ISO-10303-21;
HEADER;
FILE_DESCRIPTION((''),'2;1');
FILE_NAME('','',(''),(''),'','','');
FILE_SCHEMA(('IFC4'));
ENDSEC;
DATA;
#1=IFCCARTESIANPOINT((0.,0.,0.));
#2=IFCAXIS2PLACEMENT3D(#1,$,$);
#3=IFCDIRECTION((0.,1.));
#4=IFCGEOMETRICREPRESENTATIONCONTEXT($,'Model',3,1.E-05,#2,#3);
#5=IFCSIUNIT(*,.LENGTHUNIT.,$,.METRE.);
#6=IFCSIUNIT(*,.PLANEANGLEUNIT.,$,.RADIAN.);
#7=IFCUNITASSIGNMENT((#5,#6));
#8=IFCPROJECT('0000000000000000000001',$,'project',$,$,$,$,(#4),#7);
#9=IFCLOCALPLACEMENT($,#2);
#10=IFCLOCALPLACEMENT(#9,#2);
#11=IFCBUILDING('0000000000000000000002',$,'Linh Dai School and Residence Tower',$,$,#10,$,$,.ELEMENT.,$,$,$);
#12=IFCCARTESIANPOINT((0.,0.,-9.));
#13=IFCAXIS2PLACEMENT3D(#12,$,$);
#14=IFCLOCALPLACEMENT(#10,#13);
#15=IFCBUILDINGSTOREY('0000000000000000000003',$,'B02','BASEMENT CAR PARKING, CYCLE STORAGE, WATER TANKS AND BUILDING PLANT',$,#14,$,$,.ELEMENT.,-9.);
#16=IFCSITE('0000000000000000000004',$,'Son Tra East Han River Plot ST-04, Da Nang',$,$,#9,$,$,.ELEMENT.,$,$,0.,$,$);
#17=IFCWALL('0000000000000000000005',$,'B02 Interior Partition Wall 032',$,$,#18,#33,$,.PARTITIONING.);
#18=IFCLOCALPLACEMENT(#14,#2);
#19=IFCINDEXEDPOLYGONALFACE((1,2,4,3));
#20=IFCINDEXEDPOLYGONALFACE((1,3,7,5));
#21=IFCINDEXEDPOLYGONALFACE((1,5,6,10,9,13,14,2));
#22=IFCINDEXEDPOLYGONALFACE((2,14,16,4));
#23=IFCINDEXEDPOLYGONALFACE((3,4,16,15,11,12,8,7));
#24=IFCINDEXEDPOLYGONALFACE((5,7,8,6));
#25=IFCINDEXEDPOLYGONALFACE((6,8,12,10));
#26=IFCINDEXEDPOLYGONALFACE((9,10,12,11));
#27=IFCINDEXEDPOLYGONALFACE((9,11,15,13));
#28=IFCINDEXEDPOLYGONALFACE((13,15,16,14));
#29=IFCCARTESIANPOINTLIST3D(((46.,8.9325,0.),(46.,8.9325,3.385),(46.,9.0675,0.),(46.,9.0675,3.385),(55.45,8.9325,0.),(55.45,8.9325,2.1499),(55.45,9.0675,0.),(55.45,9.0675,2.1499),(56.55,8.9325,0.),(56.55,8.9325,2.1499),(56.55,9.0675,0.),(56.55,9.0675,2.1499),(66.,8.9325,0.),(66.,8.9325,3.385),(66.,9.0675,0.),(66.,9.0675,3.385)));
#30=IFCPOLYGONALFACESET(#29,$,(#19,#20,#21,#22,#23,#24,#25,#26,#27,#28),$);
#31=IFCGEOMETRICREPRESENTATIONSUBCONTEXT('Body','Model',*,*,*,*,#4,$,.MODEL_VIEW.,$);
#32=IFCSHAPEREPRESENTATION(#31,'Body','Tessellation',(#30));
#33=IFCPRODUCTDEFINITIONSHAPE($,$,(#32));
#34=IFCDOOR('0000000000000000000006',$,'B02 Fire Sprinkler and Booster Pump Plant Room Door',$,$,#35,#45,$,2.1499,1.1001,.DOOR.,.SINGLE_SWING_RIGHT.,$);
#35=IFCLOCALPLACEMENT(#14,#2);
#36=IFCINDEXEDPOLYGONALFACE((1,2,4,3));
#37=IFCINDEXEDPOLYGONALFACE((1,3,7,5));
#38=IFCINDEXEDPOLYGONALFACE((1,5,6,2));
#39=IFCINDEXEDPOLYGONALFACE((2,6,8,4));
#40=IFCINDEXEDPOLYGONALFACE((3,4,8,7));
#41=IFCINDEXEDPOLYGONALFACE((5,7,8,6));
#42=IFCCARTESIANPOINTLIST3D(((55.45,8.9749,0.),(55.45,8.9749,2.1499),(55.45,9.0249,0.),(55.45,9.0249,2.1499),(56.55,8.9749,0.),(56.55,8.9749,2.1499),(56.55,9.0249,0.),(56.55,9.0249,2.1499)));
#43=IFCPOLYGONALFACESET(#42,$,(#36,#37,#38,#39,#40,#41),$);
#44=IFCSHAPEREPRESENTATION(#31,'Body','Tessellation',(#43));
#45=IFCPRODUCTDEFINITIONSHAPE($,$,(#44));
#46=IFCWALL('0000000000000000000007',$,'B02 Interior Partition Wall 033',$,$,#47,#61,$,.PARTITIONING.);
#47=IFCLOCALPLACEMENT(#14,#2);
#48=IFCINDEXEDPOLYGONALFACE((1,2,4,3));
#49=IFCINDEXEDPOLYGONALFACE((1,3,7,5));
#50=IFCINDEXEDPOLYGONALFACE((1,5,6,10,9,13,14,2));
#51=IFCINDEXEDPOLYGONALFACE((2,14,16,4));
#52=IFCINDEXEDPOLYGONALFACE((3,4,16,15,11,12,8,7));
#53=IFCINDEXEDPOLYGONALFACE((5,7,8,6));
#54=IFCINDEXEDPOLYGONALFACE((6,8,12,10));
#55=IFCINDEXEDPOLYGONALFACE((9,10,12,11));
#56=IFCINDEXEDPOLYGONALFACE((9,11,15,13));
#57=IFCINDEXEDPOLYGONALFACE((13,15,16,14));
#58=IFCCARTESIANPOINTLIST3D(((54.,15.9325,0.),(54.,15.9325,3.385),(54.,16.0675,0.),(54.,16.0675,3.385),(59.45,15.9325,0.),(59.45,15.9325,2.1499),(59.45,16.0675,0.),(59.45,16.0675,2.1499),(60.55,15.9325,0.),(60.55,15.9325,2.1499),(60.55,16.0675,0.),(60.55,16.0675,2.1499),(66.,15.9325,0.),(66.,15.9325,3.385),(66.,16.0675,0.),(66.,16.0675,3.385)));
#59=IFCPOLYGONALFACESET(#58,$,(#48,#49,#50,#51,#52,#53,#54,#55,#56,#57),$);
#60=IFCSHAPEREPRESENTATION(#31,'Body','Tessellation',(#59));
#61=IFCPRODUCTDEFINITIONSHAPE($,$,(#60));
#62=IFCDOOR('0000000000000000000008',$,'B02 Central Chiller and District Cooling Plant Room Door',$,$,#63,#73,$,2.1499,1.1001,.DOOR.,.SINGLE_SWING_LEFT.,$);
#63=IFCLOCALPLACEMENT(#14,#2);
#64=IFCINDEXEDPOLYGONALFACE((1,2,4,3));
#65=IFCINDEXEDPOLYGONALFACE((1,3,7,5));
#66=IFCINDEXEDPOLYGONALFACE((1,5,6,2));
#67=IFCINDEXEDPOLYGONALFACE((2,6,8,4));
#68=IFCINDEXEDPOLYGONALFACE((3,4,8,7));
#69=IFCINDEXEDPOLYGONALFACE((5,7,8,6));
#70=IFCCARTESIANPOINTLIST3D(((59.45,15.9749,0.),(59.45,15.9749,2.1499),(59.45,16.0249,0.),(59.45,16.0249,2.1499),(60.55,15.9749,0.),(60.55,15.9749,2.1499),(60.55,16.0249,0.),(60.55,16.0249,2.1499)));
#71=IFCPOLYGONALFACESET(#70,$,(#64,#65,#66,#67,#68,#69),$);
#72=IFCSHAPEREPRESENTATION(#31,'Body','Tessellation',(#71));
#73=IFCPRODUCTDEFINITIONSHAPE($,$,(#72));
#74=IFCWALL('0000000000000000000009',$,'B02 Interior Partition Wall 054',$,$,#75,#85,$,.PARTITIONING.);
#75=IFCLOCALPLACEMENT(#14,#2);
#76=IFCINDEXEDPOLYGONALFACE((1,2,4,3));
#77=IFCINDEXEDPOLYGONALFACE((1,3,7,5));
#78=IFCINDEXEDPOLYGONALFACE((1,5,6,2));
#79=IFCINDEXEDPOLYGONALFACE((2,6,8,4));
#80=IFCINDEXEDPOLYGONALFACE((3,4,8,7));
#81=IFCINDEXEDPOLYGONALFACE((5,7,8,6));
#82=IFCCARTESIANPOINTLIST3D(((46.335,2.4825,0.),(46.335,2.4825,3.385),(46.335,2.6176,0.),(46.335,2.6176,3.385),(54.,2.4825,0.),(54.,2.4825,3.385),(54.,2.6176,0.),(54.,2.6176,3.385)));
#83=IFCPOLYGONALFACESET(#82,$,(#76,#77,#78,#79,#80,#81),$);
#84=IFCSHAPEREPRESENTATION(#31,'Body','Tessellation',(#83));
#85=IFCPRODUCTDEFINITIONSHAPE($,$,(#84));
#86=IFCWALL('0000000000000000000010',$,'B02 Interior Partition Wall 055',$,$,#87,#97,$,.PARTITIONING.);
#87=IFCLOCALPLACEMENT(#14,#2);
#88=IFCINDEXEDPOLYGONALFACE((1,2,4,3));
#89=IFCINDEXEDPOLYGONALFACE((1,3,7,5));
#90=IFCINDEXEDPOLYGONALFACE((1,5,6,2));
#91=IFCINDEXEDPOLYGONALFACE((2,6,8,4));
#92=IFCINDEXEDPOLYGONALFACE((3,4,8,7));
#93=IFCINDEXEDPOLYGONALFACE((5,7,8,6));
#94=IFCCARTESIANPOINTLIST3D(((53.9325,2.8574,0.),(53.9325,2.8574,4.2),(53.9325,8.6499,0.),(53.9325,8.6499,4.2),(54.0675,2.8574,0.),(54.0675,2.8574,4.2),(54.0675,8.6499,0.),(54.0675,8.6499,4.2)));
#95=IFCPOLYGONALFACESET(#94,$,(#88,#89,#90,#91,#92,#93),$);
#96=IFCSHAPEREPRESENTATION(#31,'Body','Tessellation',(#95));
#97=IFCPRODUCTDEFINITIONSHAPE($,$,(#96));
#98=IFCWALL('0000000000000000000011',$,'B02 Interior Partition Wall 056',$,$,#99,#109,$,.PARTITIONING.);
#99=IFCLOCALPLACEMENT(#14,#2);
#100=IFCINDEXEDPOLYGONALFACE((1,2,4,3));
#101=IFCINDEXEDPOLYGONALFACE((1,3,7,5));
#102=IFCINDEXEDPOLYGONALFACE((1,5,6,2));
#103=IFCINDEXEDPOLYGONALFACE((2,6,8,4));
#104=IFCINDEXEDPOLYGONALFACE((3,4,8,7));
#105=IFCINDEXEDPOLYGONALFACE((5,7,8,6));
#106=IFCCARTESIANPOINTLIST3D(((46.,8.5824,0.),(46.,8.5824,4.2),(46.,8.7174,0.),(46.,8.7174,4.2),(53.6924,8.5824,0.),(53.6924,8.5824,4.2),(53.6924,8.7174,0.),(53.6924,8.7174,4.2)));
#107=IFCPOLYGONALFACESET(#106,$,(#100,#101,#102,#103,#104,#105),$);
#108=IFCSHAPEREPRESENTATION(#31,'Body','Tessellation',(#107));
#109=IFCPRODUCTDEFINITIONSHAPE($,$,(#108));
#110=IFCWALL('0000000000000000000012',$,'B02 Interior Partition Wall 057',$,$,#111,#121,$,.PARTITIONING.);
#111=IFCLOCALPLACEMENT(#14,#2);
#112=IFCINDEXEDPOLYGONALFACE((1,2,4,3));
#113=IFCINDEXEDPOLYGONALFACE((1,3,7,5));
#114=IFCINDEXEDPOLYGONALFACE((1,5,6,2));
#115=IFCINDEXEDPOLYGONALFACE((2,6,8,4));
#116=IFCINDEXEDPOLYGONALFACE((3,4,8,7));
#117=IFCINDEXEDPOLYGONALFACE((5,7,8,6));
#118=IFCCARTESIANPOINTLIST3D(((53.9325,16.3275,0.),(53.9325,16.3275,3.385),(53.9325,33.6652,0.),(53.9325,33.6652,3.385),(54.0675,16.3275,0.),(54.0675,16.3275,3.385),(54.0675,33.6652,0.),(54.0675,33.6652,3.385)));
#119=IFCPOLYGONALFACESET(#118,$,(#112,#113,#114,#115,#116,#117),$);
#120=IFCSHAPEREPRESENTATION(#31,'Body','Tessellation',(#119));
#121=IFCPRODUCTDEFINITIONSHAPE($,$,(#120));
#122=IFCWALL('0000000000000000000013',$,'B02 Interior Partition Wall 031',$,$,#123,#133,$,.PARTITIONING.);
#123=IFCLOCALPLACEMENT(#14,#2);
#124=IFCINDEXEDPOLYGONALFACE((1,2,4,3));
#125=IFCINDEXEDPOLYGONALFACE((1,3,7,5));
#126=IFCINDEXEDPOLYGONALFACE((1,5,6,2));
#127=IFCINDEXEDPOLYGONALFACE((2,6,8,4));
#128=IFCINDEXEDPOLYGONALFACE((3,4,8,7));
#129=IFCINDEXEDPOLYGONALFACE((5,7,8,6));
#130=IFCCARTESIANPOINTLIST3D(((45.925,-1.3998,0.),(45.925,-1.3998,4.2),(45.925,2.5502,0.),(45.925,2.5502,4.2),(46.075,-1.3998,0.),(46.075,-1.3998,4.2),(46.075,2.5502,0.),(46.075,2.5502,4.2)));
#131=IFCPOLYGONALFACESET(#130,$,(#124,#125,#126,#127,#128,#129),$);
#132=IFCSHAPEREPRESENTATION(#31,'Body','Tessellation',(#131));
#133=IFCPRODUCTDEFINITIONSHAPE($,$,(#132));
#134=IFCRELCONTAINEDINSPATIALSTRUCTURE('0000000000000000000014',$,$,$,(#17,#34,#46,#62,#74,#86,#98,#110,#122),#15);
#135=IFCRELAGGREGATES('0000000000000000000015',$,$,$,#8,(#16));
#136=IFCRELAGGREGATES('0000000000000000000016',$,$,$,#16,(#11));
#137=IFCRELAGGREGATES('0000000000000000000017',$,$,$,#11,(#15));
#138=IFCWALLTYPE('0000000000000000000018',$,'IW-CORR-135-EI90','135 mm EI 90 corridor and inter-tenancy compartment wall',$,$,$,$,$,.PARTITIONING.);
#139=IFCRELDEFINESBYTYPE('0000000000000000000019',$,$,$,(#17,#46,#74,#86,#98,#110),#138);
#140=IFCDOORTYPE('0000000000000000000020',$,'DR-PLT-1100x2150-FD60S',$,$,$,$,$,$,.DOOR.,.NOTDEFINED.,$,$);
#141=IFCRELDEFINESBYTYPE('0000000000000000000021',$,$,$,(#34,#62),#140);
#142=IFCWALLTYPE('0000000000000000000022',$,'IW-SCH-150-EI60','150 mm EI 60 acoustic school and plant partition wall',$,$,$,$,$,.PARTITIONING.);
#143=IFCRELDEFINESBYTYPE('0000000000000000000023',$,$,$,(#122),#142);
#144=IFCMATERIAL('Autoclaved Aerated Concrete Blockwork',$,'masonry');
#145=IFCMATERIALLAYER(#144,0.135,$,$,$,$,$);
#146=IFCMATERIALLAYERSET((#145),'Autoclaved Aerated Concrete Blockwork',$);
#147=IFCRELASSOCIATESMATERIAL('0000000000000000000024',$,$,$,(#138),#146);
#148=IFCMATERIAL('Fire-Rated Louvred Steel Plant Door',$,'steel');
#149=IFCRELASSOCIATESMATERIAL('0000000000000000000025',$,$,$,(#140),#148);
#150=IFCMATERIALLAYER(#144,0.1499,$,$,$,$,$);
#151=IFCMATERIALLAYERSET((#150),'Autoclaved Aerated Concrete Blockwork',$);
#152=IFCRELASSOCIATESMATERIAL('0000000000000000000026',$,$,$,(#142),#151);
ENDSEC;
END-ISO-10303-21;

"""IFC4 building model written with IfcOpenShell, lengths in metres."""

from ifc_helpers import new_model, si_unit, direction, frame, frame_2d, origin, origin_2d, place, context, subcontext, project, spatial, rectangle, extrude, source, transform, mapped, material, layer, layer_set, type_object, element, fill, save


model = new_model("IFC4")

# Units and contexts
model_context = context("Model", 3, precision=1e-05, world=origin(), true_north=direction((0.0, 1.0)))
body_context = subcontext(model_context, "Body", "Model", "MODEL_VIEW")
ifc_project = project(units=[si_unit("LENGTHUNIT", "METRE"), si_unit("PLANEANGLEUNIT", "RADIAN")], contexts=[model_context])

# Site, building, storey
site_placement = place(None, origin())
site = spatial("IfcSite", under=ifc_project, at=site_placement, Name="Son Tra East Han River Plot ST-04, Da Nang", CompositionType="ELEMENT", RefElevation=0.0)
building_placement = place(site_placement, origin())
building = spatial("IfcBuilding", under=site, at=building_placement, Name="Linh Dai School and Residence Tower", CompositionType="ELEMENT")
storey_placement = place(building_placement, frame((0.0, 0.0, -9.0)))
storey = spatial("IfcBuildingStorey", under=building, at=storey_placement, Name="B02", Description="BASEMENT CAR PARKING, CYCLE STORAGE, WATER TANKS AND BUILDING PLANT", CompositionType="ELEMENT", Elevation=-9.0)

# Walls, openings, doors
ifc_material_1 = material(Name="Autoclaved Aerated Concrete Blockwork", Category="masonry")
ifc_layer_1 = layer(ifc_material_1, 0.135)
ifc_layer_set_1 = layer_set([ifc_layer_1], Name="Autoclaved Aerated Concrete Blockwork")
wall_type_1 = type_object("IfcWallType", Name="IW-CORR-135-EI90", Description="135 mm EI 90 corridor and inter-tenancy compartment wall", PredefinedType="PARTITIONING", material=ifc_layer_set_1)
wall_1_placement = place(storey_placement, frame((46.0, 9.0, 0.0), z_axis=(0.0, 0.0, 1.0), x_axis=(1.0, 0.0, 0.0)))
wall_1 = element("IfcWall", 1, at=wall_1_placement, inside=storey, type_object=wall_type_1, Name="B02 Interior Partition Wall 032", PredefinedType="PARTITIONING", context=body_context, shape_type="SweptSolid", body=[
    extrude(rectangle(XDim=20.0, YDim=0.135, at=frame_2d((10.0, 0.0))), origin(), (0.0, 0.0, 1.0), 3.385),
])
opening_1_placement = place(wall_1_placement, frame((9.45, 0.0, 0.0)))
opening_1 = element("IfcOpeningElement", 2, at=opening_1_placement, cuts=wall_1, PredefinedType="OPENING", context=body_context, shape_type="SweptSolid", body=[
    extrude(rectangle(XDim=1.1001, YDim=2.1499, at=origin_2d()), frame((0.55, 0.0776, 1.075), z_axis=(0.0, -1.0, 0.0), x_axis=(1.0, 0.0, 0.0)), (0.0, 0.0, 1.0), 0.155),
])
ifc_material_2 = material(Name="Fire-Rated Louvred Steel Plant Door", Category="steel")
door_type = type_object("IfcDoorType", Name="DR-PLT-1100x2150-FD60S", OperationType="NOTDEFINED", PredefinedType="DOOR", material=ifc_material_2)
shared_shape = source(origin(), body_context, "Body", "SweptSolid", [
    extrude(rectangle(XDim=1.1001, YDim=2.1499, at=origin_2d()), frame((0.55, 0.0249, 1.075), z_axis=(0.0, -1.0, 0.0), x_axis=(1.0, 0.0, 0.0)), (0.0, 0.0, 1.0), 0.05),
])
door_1_placement = place(opening_1_placement, origin())
door_1 = element("IfcDoor", 3, at=door_1_placement, inside=storey, type_object=door_type, Name="B02 Fire Sprinkler and Booster Pump Plant Room Door", OperationType="SINGLE_SWING_RIGHT", OverallHeight=2.1499, OverallWidth=1.1001, PredefinedType="DOOR", context=body_context, shape_type="MappedRepresentation", body=[
    mapped(shared_shape, transform((0.0, 0.0, 0.0), x_axis=(1.0, 0.0, 0.0), y_axis=(0.0, 1.0, 0.0), z_axis=(0.0, 0.0, 1.0), scale=1.0)),
])
fill(opening_1, door_1)
wall_2_placement = place(storey_placement, frame((54.0, 16.0, 0.0), z_axis=(0.0, 0.0, 1.0), x_axis=(1.0, 0.0, 0.0)))
wall_2 = element("IfcWall", 4, at=wall_2_placement, inside=storey, type_object=wall_type_1, Name="B02 Interior Partition Wall 033", PredefinedType="PARTITIONING", context=body_context, shape_type="SweptSolid", body=[
    extrude(rectangle(XDim=12.0, YDim=0.135, at=frame_2d((6.0, 0.0))), origin(), (0.0, 0.0, 1.0), 3.385),
])
opening_2_placement = place(wall_2_placement, frame((5.45, 0.0, 0.0)))
opening_2 = element("IfcOpeningElement", 5, at=opening_2_placement, cuts=wall_2, PredefinedType="OPENING", context=body_context, shape_type="SweptSolid", body=[
    extrude(rectangle(XDim=1.1001, YDim=2.1499, at=origin_2d()), frame((0.55, 0.0776, 1.075), z_axis=(0.0, -1.0, 0.0), x_axis=(1.0, 0.0, 0.0)), (0.0, 0.0, 1.0), 0.155),
])
door_2_placement = place(opening_2_placement, origin())
door_2 = element("IfcDoor", 6, at=door_2_placement, inside=storey, type_object=door_type, Name="B02 Central Chiller and District Cooling Plant Room Door", OperationType="SINGLE_SWING_LEFT", OverallHeight=2.1499, OverallWidth=1.1001, PredefinedType="DOOR", context=body_context, shape_type="MappedRepresentation", body=[
    mapped(shared_shape, transform((0.0, 0.0, 0.0), x_axis=(1.0, 0.0, 0.0), y_axis=(0.0, 1.0, 0.0), z_axis=(0.0, 0.0, 1.0), scale=1.0)),
])
fill(opening_2, door_2)

# Walls
wall_3_placement = place(storey_placement, frame((46.335, 2.55, 0.0), z_axis=(0.0, 0.0, 1.0), x_axis=(1.0, 0.0, 0.0)))
element("IfcWall", 7, at=wall_3_placement, inside=storey, type_object=wall_type_1, Name="B02 Interior Partition Wall 054", PredefinedType="PARTITIONING", context=body_context, shape_type="SweptSolid", body=[
    extrude(rectangle(XDim=7.665, YDim=0.135, at=frame_2d((3.8325, 0.0))), origin(), (0.0, 0.0, 1.0), 3.385),
])
wall_4_placement = place(storey_placement, frame((54.0, 2.8574, 0.0), z_axis=(0.0, 0.0, 1.0), x_axis=(0.0, 1.0, 0.0)))
element("IfcWall", 8, at=wall_4_placement, inside=storey, type_object=wall_type_1, Name="B02 Interior Partition Wall 055", PredefinedType="PARTITIONING", context=body_context, shape_type="SweptSolid", body=[
    extrude(rectangle(XDim=5.7925, YDim=0.135, at=frame_2d((2.8962, 0.0))), origin(), (0.0, 0.0, 1.0), 4.2),
])
wall_5_placement = place(storey_placement, frame((53.6924, 8.6499, 0.0), z_axis=(0.0, 0.0, 1.0), x_axis=(-1.0, 0.0, 0.0)))
element("IfcWall", 9, at=wall_5_placement, inside=storey, type_object=wall_type_1, Name="B02 Interior Partition Wall 056", PredefinedType="PARTITIONING", context=body_context, shape_type="SweptSolid", body=[
    extrude(rectangle(XDim=7.6924, YDim=0.135, at=frame_2d((3.8462, 0.0))), origin(), (0.0, 0.0, 1.0), 4.2),
])
wall_6_placement = place(storey_placement, frame((54.0, 16.3274, 0.0), z_axis=(0.0, 0.0, 1.0), x_axis=(0.0, 1.0, 0.0)))
element("IfcWall", 10, at=wall_6_placement, inside=storey, type_object=wall_type_1, Name="B02 Interior Partition Wall 057", PredefinedType="PARTITIONING", context=body_context, shape_type="SweptSolid", body=[
    extrude(rectangle(XDim=17.3376, YDim=0.135, at=frame_2d((8.6689, 0.0))), origin(), (0.0, 0.0, 1.0), 3.385),
])
ifc_layer_2 = layer(ifc_material_1, 0.1499)
ifc_layer_set_2 = layer_set([ifc_layer_2], Name="Autoclaved Aerated Concrete Blockwork")
wall_type_2 = type_object("IfcWallType", Name="IW-SCH-150-EI60", Description="150 mm EI 60 acoustic school and plant partition wall", PredefinedType="PARTITIONING", material=ifc_layer_set_2)
wall_7_placement = place(storey_placement, frame((46.0, -1.3999, 0.0), z_axis=(0.0, 0.0, 1.0), x_axis=(0.0, 1.0, 0.0)))
element("IfcWall", 11, at=wall_7_placement, inside=storey, type_object=wall_type_2, Name="B02 Interior Partition Wall 031", PredefinedType="PARTITIONING", context=body_context, shape_type="SweptSolid", body=[
    extrude(rectangle(XDim=3.95, YDim=0.1499, at=frame_2d((1.9751, 0.0))), origin(), (0.0, 0.0, 1.0), 4.2),
])

save(model, "model.ifc")
